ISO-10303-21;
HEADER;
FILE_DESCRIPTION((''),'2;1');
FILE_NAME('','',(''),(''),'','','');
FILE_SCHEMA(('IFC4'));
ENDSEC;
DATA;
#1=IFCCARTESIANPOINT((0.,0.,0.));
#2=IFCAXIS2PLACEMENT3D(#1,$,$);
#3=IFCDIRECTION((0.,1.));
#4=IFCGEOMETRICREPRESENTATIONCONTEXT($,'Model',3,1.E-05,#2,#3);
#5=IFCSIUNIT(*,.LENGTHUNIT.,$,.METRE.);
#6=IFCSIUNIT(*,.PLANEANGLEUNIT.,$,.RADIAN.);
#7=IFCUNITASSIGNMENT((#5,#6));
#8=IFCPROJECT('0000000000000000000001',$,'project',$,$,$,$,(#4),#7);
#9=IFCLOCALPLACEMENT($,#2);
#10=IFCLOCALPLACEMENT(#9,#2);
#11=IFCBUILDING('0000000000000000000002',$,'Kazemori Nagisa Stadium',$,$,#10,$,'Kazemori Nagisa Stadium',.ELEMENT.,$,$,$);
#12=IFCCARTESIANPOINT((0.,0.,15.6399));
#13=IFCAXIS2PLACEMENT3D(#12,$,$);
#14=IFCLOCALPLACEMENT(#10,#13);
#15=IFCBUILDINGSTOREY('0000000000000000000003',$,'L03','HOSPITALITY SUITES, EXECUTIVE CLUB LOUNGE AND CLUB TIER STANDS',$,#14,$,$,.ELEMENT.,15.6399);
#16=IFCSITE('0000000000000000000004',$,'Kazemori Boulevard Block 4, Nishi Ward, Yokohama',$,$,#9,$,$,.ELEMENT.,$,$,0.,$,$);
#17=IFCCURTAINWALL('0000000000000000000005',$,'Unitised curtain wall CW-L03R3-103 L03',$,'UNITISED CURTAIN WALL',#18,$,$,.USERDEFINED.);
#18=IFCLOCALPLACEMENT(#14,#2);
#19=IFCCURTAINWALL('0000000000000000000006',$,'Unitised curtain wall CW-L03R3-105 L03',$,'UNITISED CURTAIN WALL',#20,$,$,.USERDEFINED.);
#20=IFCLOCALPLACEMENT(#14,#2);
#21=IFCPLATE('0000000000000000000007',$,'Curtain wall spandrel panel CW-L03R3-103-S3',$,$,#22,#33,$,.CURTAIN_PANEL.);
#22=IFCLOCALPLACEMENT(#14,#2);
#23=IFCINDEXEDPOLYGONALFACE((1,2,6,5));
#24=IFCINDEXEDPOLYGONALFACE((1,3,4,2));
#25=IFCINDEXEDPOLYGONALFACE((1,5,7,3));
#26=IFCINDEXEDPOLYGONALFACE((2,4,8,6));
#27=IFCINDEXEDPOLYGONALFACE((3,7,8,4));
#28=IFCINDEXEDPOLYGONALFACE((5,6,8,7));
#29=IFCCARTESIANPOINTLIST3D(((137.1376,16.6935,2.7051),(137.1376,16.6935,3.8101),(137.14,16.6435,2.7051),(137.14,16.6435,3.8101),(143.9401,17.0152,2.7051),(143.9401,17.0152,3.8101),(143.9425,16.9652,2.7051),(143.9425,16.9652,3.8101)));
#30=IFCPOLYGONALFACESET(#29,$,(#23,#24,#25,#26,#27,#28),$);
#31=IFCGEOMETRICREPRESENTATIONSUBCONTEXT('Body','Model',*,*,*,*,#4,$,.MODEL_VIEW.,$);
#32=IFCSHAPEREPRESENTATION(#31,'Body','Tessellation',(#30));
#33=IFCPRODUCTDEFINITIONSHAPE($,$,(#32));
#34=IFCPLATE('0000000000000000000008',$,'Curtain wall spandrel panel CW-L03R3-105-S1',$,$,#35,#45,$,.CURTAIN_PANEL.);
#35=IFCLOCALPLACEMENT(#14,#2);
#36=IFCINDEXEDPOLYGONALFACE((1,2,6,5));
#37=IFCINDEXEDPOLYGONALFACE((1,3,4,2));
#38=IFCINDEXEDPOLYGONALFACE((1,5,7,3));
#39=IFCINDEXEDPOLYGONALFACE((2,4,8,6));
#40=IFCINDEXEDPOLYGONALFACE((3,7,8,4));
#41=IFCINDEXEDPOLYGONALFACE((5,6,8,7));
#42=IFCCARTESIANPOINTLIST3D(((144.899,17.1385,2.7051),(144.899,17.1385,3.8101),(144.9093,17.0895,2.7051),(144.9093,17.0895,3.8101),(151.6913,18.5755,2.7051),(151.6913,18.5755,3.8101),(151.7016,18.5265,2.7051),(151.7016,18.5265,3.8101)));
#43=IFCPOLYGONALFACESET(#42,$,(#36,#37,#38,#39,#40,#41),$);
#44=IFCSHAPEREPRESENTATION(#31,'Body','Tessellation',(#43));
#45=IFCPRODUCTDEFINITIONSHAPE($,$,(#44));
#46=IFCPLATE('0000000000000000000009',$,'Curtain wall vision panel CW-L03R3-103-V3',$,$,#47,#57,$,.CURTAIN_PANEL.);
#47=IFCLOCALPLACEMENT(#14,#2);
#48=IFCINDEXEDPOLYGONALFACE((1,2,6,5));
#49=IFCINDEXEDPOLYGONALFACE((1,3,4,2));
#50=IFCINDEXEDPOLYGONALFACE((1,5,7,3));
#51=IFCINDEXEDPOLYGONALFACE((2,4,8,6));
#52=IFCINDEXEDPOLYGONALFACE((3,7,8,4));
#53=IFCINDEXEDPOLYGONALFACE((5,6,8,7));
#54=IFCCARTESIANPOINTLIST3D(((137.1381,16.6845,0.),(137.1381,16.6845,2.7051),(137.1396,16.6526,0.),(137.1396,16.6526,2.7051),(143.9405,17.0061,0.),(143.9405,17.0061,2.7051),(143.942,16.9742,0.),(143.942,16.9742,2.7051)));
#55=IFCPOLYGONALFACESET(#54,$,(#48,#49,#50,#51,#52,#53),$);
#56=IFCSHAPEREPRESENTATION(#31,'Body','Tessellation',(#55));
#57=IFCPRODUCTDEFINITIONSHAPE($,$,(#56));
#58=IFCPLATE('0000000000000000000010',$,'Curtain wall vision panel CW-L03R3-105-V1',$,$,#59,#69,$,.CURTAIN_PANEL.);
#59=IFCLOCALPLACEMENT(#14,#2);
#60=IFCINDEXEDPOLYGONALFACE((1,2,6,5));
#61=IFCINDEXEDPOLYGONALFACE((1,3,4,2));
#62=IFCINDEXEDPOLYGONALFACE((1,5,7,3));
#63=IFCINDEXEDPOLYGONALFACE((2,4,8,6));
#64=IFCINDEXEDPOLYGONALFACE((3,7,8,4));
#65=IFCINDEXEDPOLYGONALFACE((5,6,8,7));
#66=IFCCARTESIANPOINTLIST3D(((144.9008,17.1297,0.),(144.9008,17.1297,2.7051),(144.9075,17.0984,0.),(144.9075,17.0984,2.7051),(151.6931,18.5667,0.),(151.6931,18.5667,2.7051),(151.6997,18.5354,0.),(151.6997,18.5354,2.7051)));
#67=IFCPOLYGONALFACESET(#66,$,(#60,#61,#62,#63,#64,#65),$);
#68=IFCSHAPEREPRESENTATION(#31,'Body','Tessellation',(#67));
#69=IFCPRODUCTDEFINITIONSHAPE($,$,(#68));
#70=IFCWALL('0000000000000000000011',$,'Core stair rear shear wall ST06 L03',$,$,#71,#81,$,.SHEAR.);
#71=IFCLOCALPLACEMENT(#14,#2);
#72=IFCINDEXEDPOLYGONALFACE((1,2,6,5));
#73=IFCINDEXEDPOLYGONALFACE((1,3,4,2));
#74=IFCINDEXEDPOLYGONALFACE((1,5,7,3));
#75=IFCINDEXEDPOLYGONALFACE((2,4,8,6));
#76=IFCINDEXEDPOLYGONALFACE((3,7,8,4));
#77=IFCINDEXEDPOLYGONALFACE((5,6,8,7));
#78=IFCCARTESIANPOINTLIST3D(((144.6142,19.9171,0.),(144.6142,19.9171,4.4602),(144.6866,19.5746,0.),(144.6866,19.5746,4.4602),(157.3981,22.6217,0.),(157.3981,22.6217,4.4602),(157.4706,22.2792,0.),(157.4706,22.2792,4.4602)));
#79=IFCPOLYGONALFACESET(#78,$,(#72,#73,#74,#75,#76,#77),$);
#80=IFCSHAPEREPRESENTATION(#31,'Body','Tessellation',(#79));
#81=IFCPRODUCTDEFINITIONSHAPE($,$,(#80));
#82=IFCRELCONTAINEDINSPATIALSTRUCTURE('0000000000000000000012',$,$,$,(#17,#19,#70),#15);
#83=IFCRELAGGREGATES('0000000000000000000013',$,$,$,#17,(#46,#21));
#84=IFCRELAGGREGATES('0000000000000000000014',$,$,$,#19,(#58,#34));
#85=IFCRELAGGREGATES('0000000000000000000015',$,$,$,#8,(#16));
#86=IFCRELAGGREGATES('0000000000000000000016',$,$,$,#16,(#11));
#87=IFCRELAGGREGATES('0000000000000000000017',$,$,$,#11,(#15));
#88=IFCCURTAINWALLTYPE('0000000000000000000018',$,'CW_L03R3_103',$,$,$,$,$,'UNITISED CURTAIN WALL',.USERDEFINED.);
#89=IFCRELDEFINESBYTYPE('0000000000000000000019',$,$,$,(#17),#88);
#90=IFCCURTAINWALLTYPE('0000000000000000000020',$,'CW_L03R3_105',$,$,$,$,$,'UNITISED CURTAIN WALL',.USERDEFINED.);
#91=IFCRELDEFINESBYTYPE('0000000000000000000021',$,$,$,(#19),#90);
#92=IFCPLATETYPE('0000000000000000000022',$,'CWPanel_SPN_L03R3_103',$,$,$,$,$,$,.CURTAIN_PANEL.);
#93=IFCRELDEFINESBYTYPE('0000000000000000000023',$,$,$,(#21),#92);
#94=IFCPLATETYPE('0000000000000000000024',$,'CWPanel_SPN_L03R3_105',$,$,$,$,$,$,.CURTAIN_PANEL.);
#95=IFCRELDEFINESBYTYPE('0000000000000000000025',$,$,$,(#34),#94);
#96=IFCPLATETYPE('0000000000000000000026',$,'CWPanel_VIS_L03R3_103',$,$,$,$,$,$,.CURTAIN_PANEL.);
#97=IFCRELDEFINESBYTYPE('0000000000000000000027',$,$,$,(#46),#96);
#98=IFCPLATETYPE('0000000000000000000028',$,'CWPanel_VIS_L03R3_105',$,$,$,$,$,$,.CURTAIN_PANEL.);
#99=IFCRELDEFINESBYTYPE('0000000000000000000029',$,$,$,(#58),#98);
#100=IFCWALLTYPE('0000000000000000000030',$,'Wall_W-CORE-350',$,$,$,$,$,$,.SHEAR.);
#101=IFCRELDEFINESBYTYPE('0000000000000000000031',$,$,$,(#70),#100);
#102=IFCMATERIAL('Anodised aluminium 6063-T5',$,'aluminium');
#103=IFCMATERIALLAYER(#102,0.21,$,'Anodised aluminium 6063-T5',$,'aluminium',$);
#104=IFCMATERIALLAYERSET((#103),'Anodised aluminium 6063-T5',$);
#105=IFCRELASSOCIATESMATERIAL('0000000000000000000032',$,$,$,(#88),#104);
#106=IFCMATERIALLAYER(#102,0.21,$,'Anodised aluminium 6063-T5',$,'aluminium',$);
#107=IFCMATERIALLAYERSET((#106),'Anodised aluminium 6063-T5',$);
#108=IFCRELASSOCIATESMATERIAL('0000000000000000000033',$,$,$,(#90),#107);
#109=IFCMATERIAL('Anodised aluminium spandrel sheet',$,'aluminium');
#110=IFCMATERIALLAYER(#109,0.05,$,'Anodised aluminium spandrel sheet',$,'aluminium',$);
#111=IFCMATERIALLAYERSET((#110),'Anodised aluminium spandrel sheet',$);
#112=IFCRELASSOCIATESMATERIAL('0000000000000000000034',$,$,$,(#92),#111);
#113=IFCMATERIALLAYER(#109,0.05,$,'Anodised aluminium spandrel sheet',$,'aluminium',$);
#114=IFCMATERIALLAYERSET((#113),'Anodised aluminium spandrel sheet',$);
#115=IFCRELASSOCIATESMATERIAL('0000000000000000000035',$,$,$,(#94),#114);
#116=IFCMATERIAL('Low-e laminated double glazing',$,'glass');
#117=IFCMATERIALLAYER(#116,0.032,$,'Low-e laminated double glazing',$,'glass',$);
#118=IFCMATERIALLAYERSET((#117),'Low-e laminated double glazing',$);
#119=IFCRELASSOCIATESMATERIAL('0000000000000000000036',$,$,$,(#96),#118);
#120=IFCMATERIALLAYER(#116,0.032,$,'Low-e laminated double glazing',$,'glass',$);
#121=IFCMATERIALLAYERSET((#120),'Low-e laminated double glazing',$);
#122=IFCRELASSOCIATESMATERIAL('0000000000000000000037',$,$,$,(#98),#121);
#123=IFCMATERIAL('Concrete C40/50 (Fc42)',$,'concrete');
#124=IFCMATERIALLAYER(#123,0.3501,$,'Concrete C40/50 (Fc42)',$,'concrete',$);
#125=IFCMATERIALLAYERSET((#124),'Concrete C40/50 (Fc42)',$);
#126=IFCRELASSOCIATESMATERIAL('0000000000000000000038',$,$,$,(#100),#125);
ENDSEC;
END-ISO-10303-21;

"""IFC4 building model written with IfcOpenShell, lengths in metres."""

from ifc_helpers import new_model, si_unit, direction, frame, frame_2d, origin, origin_2d, place, context, subcontext, project, spatial, rectangle, extrude, material, layer, layer_set, type_object, element, aggregate, save


model = new_model("IFC4")

# Units and contexts
model_context = context("Model", 3, precision=1e-05, world=origin(), true_north=direction((0.0, 1.0)))
body_context = subcontext(model_context, "Body", "Model", "MODEL_VIEW")
ifc_project = project(units=[si_unit("LENGTHUNIT", "METRE"), si_unit("PLANEANGLEUNIT", "RADIAN")], contexts=[model_context])

# Site, building, storey
site_placement = place(None, origin())
site = spatial("IfcSite", under=ifc_project, at=site_placement, Name="Kazemori Boulevard Block 4, Nishi Ward, Yokohama", CompositionType="ELEMENT", RefElevation=0.0)
building_placement = place(site_placement, origin())
building = spatial("IfcBuilding", under=site, at=building_placement, Name="Kazemori Nagisa Stadium", LongName="Kazemori Nagisa Stadium", CompositionType="ELEMENT")
storey_placement = place(building_placement, frame((0.0, 0.0, 15.6399)))
storey = spatial("IfcBuildingStorey", under=building, at=storey_placement, Name="L03", Description="HOSPITALITY SUITES, EXECUTIVE CLUB LOUNGE AND CLUB TIER STANDS", CompositionType="ELEMENT", Elevation=15.6399)

# Shared definitions
ifc_material_1 = material(Name="Concrete C40/50 (Fc42)", Category="concrete")

# Curtain wall
ifc_material_2 = material(Name="Anodised aluminium 6063-T5", Category="aluminium")
ifc_layer_1 = layer(ifc_material_2, 0.21, Name="Anodised aluminium 6063-T5", Category="aluminium")
ifc_layer_set_1 = layer_set([ifc_layer_1], Name="Anodised aluminium 6063-T5")
curtain_wall_type_1 = type_object("IfcCurtainWallType", Name="CW_L03R3_103", ElementType="UNITISED CURTAIN WALL", PredefinedType="USERDEFINED", material=ifc_layer_set_1)
curtain_wall_1_placement = place(storey_placement, origin())
curtain_wall_1 = element("IfcCurtainWall", 1, at=curtain_wall_1_placement, inside=storey, type_object=curtain_wall_type_1, Name="Unitised curtain wall CW-L03R3-103 L03", ObjectType="UNITISED CURTAIN WALL", PredefinedType="USERDEFINED")

# Curtain wall
ifc_layer_2 = layer(ifc_material_2, 0.21, Name="Anodised aluminium 6063-T5", Category="aluminium")
ifc_layer_set_2 = layer_set([ifc_layer_2], Name="Anodised aluminium 6063-T5")
curtain_wall_type_2 = type_object("IfcCurtainWallType", Name="CW_L03R3_105", ElementType="UNITISED CURTAIN WALL", PredefinedType="USERDEFINED", material=ifc_layer_set_2)
curtain_wall_2_placement = place(storey_placement, origin())
curtain_wall_2 = element("IfcCurtainWall", 2, at=curtain_wall_2_placement, inside=storey, type_object=curtain_wall_type_2, Name="Unitised curtain wall CW-L03R3-105 L03", ObjectType="UNITISED CURTAIN WALL", PredefinedType="USERDEFINED")

# Plates
ifc_material_3 = material(Name="Anodised aluminium spandrel sheet", Category="aluminium")
ifc_layer_3 = layer(ifc_material_3, 0.05, Name="Anodised aluminium spandrel sheet", Category="aluminium")
ifc_layer_set_3 = layer_set([ifc_layer_3], Name="Anodised aluminium spandrel sheet")
plate_type_1 = type_object("IfcPlateType", Name="CWPanel_SPN_L03R3_103", PredefinedType="CURTAIN_PANEL", material=ifc_layer_set_3)
plate_1_placement = place(storey_placement, frame((140.54, 16.8293, 2.7051), z_axis=(0.0, 0.0, 1.0), x_axis=(0.998884, 0.04723, 0.0)))
plate_1 = element("IfcPlate", 3, at=plate_1_placement, type_object=plate_type_1, Name="Curtain wall spandrel panel CW-L03R3-103-S3", PredefinedType="CURTAIN_PANEL", context=body_context, shape_type="SweptSolid", body=[
    extrude(rectangle(XDim=6.8101, YDim=0.05, at=origin_2d()), origin(), (0.0, 0.0, 1.0), 1.105),
])
ifc_layer_4 = layer(ifc_material_3, 0.05, Name="Anodised aluminium spandrel sheet", Category="aluminium")
ifc_layer_set_4 = layer_set([ifc_layer_4], Name="Anodised aluminium spandrel sheet")
plate_type_2 = type_object("IfcPlateType", Name="CWPanel_SPN_L03R3_105", PredefinedType="CURTAIN_PANEL", material=ifc_layer_set_4)
plate_2_placement = place(storey_placement, frame((148.3003, 17.8325, 2.7051), z_axis=(0.0, 0.0, 1.0), x_axis=(0.978345, 0.206981, 0.0)))
plate_2 = element("IfcPlate", 4, at=plate_2_placement, type_object=plate_type_2, Name="Curtain wall spandrel panel CW-L03R3-105-S1", PredefinedType="CURTAIN_PANEL", context=body_context, shape_type="SweptSolid", body=[
    extrude(rectangle(XDim=6.9426, YDim=0.05, at=origin_2d()), origin(), (0.0, 0.0, 1.0), 1.105),
])
ifc_material_4 = material(Name="Low-e laminated double glazing", Category="glass")
ifc_layer_5 = layer(ifc_material_4, 0.032, Name="Low-e laminated double glazing", Category="glass")
ifc_layer_set_5 = layer_set([ifc_layer_5], Name="Low-e laminated double glazing")
plate_type_3 = type_object("IfcPlateType", Name="CWPanel_VIS_L03R3_103", PredefinedType="CURTAIN_PANEL", material=ifc_layer_set_5)
plate_3_placement = place(storey_placement, frame((140.54, 16.8293, 0.0), z_axis=(0.0, 0.0, 1.0), x_axis=(0.998884, 0.04723, 0.0)))
plate_3 = element("IfcPlate", 5, at=plate_3_placement, type_object=plate_type_3, Name="Curtain wall vision panel CW-L03R3-103-V3", PredefinedType="CURTAIN_PANEL", context=body_context, shape_type="SweptSolid", body=[
    extrude(rectangle(XDim=6.8101, YDim=0.032, at=origin_2d()), origin(), (0.0, 0.0, 1.0), 2.7051),
])
aggregate(curtain_wall_1, [plate_3, plate_1])
ifc_layer_6 = layer(ifc_material_4, 0.032, Name="Low-e laminated double glazing", Category="glass")
ifc_layer_set_6 = layer_set([ifc_layer_6], Name="Low-e laminated double glazing")
plate_type_4 = type_object("IfcPlateType", Name="CWPanel_VIS_L03R3_105", PredefinedType="CURTAIN_PANEL", material=ifc_layer_set_6)
plate_4_placement = place(storey_placement, frame((148.3003, 17.8325, 0.0), z_axis=(0.0, 0.0, 1.0), x_axis=(0.978345, 0.206981, 0.0)))
plate_4 = element("IfcPlate", 6, at=plate_4_placement, type_object=plate_type_4, Name="Curtain wall vision panel CW-L03R3-105-V1", PredefinedType="CURTAIN_PANEL", context=body_context, shape_type="SweptSolid", body=[
    extrude(rectangle(XDim=6.9426, YDim=0.032, at=origin_2d()), origin(), (0.0, 0.0, 1.0), 2.7051),
])
aggregate(curtain_wall_2, [plate_4, plate_2])

# Wall
ifc_layer_7 = layer(ifc_material_1, 0.3501, Name="Concrete C40/50 (Fc42)", Category="concrete")
ifc_layer_set_7 = layer_set([ifc_layer_7], Name="Concrete C40/50 (Fc42)")
wall_type = type_object("IfcWallType", Name="Wall_W-CORE-350", PredefinedType="SHEAR", material=ifc_layer_set_7)
wall_placement = place(storey_placement, frame((144.6504, 19.7458, 0.0), z_axis=(0.0, 0.0, 1.0), x_axis=(0.978345, 0.20698, 0.0)))
element("IfcWall", 7, at=wall_placement, inside=storey, type_object=wall_type, Name="Core stair rear shear wall ST06 L03", PredefinedType="SHEAR", context=body_context, shape_type="SweptSolid", body=[
    extrude(rectangle(XDim=13.0669, YDim=0.3501, at=frame_2d((6.5334, 0.0))), origin(), (0.0, 0.0, 1.0), 4.4602),
])

save(model, "model.ifc")
